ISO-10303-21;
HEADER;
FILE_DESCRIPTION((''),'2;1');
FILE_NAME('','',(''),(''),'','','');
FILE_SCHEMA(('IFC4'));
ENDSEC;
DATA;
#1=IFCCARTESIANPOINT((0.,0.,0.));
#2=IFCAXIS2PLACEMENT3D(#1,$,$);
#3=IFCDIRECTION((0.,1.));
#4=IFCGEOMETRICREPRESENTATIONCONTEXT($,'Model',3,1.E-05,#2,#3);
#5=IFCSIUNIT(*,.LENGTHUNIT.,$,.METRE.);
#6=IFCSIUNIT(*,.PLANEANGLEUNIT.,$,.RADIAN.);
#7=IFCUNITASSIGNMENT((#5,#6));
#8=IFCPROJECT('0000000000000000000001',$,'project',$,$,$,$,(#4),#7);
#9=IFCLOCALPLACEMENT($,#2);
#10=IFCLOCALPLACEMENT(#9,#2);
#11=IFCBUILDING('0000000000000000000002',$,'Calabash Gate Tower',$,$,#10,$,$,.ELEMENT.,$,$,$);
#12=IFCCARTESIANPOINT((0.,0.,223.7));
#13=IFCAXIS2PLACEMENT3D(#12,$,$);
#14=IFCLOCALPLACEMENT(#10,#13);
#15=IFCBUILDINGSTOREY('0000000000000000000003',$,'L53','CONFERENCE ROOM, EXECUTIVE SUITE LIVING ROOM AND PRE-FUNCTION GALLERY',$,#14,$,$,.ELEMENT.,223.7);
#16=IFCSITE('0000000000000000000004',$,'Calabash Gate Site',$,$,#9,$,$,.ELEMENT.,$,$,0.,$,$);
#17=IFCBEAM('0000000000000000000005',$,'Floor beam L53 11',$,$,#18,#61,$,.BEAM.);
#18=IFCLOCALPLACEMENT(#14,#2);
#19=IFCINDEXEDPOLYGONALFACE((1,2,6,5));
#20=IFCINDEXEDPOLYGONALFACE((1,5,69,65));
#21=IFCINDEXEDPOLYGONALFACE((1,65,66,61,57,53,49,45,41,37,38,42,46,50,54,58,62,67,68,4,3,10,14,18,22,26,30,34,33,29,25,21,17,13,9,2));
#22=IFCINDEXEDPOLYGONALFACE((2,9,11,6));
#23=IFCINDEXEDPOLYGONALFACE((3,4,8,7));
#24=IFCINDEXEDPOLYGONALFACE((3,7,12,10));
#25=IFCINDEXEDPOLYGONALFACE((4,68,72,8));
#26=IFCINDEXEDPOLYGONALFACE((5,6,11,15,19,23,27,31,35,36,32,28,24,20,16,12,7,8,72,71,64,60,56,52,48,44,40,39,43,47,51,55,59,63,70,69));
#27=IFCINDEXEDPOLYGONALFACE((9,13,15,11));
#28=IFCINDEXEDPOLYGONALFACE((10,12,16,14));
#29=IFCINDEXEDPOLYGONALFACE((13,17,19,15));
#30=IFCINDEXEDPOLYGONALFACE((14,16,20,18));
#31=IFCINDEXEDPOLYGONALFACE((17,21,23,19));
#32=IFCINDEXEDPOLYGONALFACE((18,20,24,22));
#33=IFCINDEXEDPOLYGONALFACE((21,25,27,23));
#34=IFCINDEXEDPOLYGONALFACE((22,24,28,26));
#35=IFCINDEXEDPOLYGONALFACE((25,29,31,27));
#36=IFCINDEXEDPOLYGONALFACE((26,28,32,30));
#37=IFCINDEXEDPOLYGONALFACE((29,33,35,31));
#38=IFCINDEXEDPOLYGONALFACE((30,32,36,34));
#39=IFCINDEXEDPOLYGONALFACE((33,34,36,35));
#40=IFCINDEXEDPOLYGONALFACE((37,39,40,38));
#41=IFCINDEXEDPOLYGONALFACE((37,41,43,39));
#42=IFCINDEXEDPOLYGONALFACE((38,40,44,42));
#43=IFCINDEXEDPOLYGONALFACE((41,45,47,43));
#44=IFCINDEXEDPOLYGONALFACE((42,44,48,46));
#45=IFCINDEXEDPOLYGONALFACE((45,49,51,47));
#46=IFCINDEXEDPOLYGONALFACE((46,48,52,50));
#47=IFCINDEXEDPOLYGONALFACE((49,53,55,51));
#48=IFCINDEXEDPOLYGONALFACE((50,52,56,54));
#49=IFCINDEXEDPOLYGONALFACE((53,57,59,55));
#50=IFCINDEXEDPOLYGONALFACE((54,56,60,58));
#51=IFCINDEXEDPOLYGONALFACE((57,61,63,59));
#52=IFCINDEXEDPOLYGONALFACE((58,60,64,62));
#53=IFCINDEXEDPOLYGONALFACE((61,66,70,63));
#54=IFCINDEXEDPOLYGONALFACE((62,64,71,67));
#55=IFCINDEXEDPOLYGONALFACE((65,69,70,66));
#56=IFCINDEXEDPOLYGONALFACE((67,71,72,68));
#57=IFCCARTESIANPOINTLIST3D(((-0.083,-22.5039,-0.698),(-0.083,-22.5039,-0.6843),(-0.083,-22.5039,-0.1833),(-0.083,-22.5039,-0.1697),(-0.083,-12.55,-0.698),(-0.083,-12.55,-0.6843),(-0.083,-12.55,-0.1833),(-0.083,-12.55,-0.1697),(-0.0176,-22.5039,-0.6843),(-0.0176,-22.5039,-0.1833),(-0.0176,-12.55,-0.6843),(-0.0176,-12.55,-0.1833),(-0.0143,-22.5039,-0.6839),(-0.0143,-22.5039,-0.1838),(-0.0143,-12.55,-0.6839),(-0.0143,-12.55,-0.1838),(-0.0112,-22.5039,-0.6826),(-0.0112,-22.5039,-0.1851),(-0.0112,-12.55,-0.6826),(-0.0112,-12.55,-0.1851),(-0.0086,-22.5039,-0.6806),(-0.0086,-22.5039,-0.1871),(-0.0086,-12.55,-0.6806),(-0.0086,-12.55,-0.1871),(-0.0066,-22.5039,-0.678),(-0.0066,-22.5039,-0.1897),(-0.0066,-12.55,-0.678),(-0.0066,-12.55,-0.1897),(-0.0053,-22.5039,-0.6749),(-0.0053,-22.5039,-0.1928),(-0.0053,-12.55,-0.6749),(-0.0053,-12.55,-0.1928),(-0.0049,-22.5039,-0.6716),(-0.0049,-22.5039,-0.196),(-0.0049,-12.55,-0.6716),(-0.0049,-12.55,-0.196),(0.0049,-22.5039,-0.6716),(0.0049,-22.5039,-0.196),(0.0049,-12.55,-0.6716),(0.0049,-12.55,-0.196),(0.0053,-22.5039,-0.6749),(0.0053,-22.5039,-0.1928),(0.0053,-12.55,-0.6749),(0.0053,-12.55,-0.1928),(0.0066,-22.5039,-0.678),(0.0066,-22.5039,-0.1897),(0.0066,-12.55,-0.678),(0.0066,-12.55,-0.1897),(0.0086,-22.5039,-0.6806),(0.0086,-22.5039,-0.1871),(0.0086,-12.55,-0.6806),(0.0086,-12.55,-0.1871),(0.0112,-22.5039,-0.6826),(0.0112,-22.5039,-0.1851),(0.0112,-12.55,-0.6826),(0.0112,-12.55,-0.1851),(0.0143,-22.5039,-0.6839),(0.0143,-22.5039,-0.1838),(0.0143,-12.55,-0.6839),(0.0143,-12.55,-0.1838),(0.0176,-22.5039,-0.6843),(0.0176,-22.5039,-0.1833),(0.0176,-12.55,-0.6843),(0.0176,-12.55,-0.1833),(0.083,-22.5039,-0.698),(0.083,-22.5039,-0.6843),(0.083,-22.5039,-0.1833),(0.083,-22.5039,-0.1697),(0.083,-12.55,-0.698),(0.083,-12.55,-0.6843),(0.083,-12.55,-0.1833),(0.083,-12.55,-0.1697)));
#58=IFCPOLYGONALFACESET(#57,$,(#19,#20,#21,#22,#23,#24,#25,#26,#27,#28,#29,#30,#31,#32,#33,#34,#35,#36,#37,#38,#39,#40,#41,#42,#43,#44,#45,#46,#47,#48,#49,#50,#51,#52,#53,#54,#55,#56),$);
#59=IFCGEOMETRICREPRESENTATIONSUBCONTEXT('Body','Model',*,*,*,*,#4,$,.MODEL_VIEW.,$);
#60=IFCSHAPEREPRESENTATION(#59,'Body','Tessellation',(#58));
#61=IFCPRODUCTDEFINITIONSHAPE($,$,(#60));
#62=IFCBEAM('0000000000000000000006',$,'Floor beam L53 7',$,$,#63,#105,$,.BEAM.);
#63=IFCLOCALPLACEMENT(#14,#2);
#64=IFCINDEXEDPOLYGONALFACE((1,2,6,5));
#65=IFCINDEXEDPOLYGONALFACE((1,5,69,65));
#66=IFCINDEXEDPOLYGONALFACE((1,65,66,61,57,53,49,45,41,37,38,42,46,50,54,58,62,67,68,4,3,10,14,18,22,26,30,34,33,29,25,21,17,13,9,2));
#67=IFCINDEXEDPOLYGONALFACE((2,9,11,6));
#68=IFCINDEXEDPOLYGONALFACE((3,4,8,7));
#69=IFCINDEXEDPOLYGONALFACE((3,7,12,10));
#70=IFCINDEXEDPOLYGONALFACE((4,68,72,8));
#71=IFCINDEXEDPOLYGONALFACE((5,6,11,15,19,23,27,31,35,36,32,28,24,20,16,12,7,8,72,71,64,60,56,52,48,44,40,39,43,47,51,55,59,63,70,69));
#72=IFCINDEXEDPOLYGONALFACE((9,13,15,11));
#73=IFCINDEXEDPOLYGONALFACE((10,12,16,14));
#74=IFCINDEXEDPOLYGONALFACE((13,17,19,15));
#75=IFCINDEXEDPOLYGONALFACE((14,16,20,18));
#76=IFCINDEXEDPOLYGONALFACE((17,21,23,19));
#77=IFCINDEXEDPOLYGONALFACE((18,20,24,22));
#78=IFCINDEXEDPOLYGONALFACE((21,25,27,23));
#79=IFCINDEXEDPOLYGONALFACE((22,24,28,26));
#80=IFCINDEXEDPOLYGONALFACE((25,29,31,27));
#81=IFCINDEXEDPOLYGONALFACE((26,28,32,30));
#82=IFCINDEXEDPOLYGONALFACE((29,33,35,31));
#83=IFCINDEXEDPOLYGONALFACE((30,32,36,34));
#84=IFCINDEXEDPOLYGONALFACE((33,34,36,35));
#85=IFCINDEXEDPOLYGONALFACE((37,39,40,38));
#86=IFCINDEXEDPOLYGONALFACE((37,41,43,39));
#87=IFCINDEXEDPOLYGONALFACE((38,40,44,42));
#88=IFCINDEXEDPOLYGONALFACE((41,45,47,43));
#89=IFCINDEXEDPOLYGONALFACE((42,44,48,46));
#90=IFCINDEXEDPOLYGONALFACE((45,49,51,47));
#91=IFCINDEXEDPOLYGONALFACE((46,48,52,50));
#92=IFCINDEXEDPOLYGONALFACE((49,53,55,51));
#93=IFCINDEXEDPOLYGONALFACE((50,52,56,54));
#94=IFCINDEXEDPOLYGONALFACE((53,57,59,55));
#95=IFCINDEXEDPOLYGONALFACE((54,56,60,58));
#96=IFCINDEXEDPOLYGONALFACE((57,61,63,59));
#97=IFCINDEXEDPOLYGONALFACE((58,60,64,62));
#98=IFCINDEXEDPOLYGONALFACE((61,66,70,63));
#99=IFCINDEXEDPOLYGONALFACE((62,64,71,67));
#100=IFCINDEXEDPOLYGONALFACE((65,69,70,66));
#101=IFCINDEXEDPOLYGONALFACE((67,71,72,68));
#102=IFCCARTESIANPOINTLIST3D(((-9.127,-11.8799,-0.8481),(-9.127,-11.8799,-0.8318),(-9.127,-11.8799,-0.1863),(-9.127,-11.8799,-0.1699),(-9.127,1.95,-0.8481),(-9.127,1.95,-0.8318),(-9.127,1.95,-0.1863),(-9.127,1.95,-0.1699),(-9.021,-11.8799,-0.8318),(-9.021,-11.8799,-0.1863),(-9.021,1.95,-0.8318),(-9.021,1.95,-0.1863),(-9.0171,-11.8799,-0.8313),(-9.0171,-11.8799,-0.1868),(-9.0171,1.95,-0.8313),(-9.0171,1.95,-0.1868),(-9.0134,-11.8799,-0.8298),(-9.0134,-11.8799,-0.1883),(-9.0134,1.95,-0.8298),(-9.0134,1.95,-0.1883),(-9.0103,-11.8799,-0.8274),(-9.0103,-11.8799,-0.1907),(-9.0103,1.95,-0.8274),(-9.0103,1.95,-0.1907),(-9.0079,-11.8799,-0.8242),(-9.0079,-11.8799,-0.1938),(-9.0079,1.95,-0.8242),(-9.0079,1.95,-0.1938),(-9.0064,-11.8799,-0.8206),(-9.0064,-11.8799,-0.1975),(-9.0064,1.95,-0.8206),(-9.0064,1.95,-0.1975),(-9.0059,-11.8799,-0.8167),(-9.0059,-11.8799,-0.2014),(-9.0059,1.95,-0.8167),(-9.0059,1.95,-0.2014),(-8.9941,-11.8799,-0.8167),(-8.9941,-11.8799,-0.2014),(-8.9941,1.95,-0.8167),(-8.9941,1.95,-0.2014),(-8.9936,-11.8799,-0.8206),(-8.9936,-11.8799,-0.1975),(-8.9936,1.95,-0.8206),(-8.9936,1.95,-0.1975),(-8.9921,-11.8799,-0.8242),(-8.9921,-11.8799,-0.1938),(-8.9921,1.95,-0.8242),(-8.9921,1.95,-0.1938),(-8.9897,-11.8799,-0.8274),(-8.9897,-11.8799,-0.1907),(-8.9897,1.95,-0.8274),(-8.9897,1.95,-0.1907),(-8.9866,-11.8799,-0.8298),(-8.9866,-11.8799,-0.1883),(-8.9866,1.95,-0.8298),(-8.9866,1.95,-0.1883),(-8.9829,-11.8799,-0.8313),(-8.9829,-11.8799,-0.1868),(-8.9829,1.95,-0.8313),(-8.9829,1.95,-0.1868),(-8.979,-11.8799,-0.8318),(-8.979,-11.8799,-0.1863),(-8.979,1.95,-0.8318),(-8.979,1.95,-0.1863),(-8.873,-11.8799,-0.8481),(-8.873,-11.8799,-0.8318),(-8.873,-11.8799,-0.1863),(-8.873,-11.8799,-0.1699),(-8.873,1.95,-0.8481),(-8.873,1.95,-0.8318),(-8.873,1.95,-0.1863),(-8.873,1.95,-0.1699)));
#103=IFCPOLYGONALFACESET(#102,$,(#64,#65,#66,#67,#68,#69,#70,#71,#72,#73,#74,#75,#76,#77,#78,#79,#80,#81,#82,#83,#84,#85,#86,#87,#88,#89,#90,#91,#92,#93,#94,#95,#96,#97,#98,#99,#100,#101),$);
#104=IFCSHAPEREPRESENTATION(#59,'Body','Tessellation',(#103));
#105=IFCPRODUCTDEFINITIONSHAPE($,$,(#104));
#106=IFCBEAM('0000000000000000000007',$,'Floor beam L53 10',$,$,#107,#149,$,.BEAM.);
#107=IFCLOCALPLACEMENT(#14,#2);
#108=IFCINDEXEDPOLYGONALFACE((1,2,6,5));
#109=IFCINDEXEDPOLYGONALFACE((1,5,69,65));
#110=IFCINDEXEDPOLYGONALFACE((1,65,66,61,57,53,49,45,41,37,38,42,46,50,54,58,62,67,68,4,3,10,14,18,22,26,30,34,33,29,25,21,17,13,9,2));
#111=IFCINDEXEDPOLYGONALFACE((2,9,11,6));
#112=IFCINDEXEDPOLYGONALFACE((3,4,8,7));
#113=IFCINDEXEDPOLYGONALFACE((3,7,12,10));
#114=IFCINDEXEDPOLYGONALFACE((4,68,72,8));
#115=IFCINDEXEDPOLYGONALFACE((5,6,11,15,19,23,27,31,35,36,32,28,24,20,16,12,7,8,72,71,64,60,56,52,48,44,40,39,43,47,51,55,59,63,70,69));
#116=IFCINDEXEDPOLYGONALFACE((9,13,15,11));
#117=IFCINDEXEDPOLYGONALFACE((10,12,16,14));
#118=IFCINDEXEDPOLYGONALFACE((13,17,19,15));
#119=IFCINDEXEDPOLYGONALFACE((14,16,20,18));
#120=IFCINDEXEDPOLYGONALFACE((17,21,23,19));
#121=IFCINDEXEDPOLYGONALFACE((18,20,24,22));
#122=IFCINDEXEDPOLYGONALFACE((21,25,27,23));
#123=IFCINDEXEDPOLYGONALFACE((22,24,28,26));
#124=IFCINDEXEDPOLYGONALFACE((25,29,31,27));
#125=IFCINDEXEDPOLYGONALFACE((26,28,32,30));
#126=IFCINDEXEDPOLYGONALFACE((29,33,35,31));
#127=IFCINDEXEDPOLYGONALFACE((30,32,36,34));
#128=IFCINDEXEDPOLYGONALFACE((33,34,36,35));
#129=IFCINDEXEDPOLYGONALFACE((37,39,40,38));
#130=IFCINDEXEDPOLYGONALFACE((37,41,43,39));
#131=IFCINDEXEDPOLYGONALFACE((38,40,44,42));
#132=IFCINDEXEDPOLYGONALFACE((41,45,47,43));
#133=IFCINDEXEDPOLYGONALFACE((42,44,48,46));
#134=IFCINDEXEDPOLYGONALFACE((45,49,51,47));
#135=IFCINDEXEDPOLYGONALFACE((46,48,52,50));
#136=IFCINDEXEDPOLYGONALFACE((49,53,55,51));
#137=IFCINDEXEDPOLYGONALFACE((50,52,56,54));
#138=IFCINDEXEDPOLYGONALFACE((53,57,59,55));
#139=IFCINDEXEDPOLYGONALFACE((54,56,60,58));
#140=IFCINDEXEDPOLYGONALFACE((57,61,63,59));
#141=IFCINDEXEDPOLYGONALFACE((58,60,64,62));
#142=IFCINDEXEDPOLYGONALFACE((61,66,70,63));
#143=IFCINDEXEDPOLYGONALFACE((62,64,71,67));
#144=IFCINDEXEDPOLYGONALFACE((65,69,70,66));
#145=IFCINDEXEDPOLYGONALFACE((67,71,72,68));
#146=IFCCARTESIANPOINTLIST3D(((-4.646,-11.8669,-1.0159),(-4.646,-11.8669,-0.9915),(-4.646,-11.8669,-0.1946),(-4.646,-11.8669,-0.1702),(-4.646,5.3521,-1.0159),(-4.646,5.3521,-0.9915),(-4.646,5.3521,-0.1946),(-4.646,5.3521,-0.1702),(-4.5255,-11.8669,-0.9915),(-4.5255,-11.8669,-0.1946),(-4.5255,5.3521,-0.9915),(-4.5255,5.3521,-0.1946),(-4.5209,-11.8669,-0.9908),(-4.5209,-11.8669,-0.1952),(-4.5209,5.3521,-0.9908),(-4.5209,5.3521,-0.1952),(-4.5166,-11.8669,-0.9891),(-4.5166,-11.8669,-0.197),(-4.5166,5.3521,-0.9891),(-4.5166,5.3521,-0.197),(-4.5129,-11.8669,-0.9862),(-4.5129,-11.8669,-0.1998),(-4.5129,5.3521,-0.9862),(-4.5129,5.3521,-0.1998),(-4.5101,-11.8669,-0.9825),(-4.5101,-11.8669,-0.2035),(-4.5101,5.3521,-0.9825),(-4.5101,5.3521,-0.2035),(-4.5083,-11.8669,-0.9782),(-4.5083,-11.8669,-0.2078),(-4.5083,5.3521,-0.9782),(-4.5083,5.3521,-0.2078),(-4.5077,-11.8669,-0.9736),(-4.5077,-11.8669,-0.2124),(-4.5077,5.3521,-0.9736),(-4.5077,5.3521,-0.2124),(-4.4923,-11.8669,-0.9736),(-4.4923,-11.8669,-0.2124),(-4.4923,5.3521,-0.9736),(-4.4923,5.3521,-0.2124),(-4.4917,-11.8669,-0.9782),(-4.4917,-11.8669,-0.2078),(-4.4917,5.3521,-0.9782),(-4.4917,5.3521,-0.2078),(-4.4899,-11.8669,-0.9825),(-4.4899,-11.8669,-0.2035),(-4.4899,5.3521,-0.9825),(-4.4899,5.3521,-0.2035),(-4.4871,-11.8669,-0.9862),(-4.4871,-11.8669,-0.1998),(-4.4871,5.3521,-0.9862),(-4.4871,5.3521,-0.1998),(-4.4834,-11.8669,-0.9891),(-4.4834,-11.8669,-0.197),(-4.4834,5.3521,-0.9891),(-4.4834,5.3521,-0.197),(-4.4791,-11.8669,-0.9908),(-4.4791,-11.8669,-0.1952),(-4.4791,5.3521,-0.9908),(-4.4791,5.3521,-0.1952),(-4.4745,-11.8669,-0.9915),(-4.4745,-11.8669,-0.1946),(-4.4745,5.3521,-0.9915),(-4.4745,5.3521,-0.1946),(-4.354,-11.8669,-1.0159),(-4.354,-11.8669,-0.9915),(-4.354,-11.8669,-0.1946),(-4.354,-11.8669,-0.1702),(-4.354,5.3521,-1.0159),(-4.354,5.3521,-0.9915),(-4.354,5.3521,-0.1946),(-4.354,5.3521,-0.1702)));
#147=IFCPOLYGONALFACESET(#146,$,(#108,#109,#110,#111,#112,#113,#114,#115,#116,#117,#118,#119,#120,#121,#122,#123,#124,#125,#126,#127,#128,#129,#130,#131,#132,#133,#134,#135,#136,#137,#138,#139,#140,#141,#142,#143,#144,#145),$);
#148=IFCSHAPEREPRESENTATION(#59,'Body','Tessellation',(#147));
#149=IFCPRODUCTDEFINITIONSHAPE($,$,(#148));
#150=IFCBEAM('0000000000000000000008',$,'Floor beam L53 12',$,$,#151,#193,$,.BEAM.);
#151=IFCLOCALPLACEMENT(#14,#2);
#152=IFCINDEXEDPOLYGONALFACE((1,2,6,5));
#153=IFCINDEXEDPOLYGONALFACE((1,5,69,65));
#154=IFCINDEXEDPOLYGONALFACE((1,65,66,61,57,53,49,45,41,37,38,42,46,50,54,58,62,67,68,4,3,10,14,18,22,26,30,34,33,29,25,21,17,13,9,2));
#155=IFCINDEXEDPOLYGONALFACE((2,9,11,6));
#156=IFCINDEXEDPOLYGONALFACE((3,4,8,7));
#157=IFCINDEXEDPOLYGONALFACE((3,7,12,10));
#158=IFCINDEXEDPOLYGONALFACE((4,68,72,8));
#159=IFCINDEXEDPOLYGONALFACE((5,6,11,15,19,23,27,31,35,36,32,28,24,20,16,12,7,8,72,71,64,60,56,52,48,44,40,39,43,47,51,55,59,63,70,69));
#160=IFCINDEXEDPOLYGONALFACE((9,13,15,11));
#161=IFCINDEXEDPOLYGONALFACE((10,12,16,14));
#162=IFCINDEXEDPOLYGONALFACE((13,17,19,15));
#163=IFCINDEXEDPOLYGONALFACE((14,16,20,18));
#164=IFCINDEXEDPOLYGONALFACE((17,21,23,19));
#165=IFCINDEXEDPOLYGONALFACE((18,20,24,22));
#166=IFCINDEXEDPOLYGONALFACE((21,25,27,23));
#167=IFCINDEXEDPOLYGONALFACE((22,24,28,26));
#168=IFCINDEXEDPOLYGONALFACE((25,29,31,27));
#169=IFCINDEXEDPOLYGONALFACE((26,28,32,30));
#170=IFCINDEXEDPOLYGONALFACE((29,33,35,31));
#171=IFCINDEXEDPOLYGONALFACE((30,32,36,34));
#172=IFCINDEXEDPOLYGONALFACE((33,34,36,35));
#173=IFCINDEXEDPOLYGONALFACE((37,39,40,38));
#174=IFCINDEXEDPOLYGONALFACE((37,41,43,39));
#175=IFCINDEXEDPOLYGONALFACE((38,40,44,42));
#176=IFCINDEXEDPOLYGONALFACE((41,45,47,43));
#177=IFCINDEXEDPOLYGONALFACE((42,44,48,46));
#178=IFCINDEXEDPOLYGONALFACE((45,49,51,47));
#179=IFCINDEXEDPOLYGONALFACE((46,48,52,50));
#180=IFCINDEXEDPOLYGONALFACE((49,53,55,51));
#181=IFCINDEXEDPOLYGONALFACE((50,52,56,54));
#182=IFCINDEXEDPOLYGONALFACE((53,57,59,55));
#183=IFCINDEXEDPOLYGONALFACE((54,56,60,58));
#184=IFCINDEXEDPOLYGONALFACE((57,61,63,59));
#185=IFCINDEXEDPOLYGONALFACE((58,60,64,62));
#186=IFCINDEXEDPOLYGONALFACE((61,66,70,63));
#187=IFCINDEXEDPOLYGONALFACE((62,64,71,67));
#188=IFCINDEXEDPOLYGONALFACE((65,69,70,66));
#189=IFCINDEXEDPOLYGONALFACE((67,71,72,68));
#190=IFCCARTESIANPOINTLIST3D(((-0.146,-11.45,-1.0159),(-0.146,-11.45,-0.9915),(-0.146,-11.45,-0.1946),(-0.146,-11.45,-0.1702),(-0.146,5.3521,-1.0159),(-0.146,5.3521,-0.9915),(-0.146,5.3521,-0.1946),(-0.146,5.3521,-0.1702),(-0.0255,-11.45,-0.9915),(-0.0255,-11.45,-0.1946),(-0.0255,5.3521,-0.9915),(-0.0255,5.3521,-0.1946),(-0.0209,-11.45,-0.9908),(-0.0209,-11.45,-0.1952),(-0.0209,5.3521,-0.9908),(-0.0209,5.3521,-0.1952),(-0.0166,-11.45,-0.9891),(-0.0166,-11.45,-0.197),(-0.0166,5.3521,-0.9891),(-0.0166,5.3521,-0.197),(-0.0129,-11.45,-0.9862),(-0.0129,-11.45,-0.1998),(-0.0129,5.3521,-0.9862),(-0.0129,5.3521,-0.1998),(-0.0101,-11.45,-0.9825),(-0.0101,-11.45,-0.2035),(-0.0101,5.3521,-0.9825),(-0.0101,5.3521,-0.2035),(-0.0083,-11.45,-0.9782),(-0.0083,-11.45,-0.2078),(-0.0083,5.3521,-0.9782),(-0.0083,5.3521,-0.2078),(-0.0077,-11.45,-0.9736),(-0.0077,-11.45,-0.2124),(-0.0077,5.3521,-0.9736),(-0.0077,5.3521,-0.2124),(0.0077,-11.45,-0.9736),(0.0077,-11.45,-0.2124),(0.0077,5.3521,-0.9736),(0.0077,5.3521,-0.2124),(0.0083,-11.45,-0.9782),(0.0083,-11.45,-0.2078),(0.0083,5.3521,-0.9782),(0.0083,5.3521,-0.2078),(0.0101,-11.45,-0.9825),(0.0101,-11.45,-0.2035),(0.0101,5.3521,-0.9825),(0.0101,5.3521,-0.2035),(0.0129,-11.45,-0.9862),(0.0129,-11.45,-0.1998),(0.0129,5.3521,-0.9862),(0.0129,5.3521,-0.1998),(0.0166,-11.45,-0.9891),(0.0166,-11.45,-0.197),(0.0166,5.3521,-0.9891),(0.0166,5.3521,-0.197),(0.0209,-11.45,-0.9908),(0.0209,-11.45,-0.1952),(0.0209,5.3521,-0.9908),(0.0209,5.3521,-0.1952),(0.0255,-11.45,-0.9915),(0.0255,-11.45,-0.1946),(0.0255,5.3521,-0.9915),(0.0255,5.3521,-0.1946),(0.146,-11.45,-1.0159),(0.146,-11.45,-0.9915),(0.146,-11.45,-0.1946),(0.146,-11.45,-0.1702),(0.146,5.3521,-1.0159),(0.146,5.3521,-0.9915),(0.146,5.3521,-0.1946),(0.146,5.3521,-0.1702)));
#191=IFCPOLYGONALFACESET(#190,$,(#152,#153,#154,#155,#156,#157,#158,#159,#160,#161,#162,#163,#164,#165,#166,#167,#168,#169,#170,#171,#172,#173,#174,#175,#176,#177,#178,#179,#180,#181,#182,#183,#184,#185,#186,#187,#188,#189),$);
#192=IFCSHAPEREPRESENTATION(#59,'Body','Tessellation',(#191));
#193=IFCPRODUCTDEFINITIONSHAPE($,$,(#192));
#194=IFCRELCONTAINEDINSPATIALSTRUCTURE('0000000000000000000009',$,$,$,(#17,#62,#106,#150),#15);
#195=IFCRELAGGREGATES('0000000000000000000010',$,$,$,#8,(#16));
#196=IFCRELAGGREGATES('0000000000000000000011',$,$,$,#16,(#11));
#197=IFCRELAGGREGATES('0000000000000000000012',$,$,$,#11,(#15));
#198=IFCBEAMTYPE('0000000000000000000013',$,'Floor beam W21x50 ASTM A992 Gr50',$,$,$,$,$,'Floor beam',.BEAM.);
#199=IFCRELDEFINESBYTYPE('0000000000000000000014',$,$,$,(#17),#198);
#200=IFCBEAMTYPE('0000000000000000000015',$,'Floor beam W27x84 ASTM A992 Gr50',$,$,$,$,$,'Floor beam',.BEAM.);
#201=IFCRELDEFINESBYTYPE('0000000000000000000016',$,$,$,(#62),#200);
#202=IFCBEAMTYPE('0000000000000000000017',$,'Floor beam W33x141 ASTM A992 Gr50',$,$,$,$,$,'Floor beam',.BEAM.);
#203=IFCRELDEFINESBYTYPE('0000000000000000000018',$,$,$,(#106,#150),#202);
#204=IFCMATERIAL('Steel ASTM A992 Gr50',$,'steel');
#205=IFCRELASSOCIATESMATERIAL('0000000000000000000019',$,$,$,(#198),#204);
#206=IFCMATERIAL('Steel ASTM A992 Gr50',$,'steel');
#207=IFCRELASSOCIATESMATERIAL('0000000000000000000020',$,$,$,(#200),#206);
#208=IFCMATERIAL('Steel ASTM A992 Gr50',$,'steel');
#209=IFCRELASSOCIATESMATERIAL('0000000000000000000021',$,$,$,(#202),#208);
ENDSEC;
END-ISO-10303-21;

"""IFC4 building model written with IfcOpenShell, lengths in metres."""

from ifc_helpers import new_model, si_unit, direction, frame, origin, origin_2d, place, context, subcontext, project, spatial, i_section, extrude, material, material_profile, profile_set, type_object, element, save


model = new_model("IFC4")

# Units and contexts
model_context = context("Model", 3, precision=1e-05, world=origin(), true_north=direction((0.0, 1.0)))
body_context = subcontext(model_context, "Body", "Model", "MODEL_VIEW")
ifc_project = project(units=[si_unit("LENGTHUNIT", "METRE"), si_unit("PLANEANGLEUNIT", "RADIAN")], contexts=[model_context])

# Site, building, storey
site_placement = place(None, origin())
site = spatial("IfcSite", under=ifc_project, at=site_placement, Name="Calabash Gate Site", CompositionType="ELEMENT", RefElevation=0.0)
building_placement = place(site_placement, origin())
building = spatial("IfcBuilding", under=site, at=building_placement, Name="Calabash Gate Tower", CompositionType="ELEMENT")
storey_placement = place(building_placement, frame((0.0, 0.0, 223.7)))
storey = spatial("IfcBuildingStorey", under=building, at=storey_placement, Name="L53", Description="CONFERENCE ROOM, EXECUTIVE SUITE LIVING ROOM AND PRE-FUNCTION GALLERY", CompositionType="ELEMENT", Elevation=223.7)

# Beams
ifc_material_1 = material(Name="Steel ASTM A992 Gr50", Category="steel")
ifc_material_profile_1 = material_profile(ifc_material_1, i_section(OverallWidth=0.166, OverallDepth=0.5283, WebThickness=0.0098, FlangeThickness=0.0137, FilletRadius=0.0127, at=origin_2d()))
ifc_profile_set_1 = profile_set([ifc_material_profile_1], Name="Steel ASTM A992 Gr50")
beam_type_1 = type_object("IfcBeamType", Name="Floor beam W21x50 ASTM A992 Gr50", ElementType="Floor beam", PredefinedType="BEAM", material=ifc_profile_set_1)
beam_1_placement = place(storey_placement, frame((0.0, -22.5039, -0.4338), z_axis=(0.0, 1.0, 0.0), x_axis=(-1.0, 0.0, 0.0)))
element("IfcBeam", 1, at=beam_1_placement, inside=storey, type_object=beam_type_1, Name="Floor beam L53 11", PredefinedType="BEAM", context=body_context, shape_type="SweptSolid", body=[
    extrude(i_section(OverallWidth=0.166, OverallDepth=0.5283, WebThickness=0.0098, FlangeThickness=0.0137, FilletRadius=0.0127, at=origin_2d()), origin(), (0.0, 0.0, 1.0), 9.9539),
])
ifc_material_2 = material(Name="Steel ASTM A992 Gr50", Category="steel")
ifc_material_profile_2 = material_profile(ifc_material_2, i_section(OverallWidth=0.2539, OverallDepth=0.6782, WebThickness=0.0117, FlangeThickness=0.0164, FilletRadius=0.0151, at=origin_2d()))
ifc_profile_set_2 = profile_set([ifc_material_profile_2], Name="Steel ASTM A992 Gr50")
beam_type_2 = type_object("IfcBeamType", Name="Floor beam W27x84 ASTM A992 Gr50", ElementType="Floor beam", PredefinedType="BEAM", material=ifc_profile_set_2)
beam_2_placement = place(storey_placement, frame((-9.0, -11.8799, -0.509), z_axis=(0.0, 1.0, 0.0), x_axis=(-1.0, 0.0, 0.0)))
element("IfcBeam", 2, at=beam_2_placement, inside=storey, type_object=beam_type_2, Name="Floor beam L53 7", PredefinedType="BEAM", context=body_context, shape_type="SweptSolid", body=[
    extrude(i_section(OverallWidth=0.2539, OverallDepth=0.6782, WebThickness=0.0117, FlangeThickness=0.0164, FilletRadius=0.0151, at=origin_2d()), origin(), (0.0, 0.0, 1.0), 13.8298),
])
ifc_material_3 = material(Name="Steel ASTM A992 Gr50", Category="steel")
ifc_material_profile_3 = material_profile(ifc_material_3, i_section(OverallWidth=0.292, OverallDepth=0.8457, WebThickness=0.0154, FlangeThickness=0.0244, FilletRadius=0.0178, at=origin_2d()))
ifc_profile_set_3 = profile_set([ifc_material_profile_3], Name="Steel ASTM A992 Gr50")
beam_type_3 = type_object("IfcBeamType", Name="Floor beam W33x141 ASTM A992 Gr50", ElementType="Floor beam", PredefinedType="BEAM", material=ifc_profile_set_3)
beam_3_placement = place(storey_placement, frame((-4.5, -11.8669, -0.593), z_axis=(0.0, 1.0, 0.0), x_axis=(-1.0, 0.0, 0.0)))
element("IfcBeam", 3, at=beam_3_placement, inside=storey, type_object=beam_type_3, Name="Floor beam L53 10", PredefinedType="BEAM", context=body_context, shape_type="SweptSolid", body=[
    extrude(i_section(OverallWidth=0.292, OverallDepth=0.8457, WebThickness=0.0154, FlangeThickness=0.0244, FilletRadius=0.0178, at=origin_2d()), origin(), (0.0, 0.0, 1.0), 17.219),
])
beam_4_placement = place(storey_placement, frame((0.0, -11.45, -0.593), z_axis=(0.0, 1.0, 0.0), x_axis=(-1.0, 0.0, 0.0)))
element("IfcBeam", 4, at=beam_4_placement, inside=storey, type_object=beam_type_3, Name="Floor beam L53 12", PredefinedType="BEAM", context=body_context, shape_type="SweptSolid", body=[
    extrude(i_section(OverallWidth=0.292, OverallDepth=0.8457, WebThickness=0.0154, FlangeThickness=0.0244, FilletRadius=0.0178, at=origin_2d()), origin(), (0.0, 0.0, 1.0), 16.802),
])

save(model, "model.ifc")
